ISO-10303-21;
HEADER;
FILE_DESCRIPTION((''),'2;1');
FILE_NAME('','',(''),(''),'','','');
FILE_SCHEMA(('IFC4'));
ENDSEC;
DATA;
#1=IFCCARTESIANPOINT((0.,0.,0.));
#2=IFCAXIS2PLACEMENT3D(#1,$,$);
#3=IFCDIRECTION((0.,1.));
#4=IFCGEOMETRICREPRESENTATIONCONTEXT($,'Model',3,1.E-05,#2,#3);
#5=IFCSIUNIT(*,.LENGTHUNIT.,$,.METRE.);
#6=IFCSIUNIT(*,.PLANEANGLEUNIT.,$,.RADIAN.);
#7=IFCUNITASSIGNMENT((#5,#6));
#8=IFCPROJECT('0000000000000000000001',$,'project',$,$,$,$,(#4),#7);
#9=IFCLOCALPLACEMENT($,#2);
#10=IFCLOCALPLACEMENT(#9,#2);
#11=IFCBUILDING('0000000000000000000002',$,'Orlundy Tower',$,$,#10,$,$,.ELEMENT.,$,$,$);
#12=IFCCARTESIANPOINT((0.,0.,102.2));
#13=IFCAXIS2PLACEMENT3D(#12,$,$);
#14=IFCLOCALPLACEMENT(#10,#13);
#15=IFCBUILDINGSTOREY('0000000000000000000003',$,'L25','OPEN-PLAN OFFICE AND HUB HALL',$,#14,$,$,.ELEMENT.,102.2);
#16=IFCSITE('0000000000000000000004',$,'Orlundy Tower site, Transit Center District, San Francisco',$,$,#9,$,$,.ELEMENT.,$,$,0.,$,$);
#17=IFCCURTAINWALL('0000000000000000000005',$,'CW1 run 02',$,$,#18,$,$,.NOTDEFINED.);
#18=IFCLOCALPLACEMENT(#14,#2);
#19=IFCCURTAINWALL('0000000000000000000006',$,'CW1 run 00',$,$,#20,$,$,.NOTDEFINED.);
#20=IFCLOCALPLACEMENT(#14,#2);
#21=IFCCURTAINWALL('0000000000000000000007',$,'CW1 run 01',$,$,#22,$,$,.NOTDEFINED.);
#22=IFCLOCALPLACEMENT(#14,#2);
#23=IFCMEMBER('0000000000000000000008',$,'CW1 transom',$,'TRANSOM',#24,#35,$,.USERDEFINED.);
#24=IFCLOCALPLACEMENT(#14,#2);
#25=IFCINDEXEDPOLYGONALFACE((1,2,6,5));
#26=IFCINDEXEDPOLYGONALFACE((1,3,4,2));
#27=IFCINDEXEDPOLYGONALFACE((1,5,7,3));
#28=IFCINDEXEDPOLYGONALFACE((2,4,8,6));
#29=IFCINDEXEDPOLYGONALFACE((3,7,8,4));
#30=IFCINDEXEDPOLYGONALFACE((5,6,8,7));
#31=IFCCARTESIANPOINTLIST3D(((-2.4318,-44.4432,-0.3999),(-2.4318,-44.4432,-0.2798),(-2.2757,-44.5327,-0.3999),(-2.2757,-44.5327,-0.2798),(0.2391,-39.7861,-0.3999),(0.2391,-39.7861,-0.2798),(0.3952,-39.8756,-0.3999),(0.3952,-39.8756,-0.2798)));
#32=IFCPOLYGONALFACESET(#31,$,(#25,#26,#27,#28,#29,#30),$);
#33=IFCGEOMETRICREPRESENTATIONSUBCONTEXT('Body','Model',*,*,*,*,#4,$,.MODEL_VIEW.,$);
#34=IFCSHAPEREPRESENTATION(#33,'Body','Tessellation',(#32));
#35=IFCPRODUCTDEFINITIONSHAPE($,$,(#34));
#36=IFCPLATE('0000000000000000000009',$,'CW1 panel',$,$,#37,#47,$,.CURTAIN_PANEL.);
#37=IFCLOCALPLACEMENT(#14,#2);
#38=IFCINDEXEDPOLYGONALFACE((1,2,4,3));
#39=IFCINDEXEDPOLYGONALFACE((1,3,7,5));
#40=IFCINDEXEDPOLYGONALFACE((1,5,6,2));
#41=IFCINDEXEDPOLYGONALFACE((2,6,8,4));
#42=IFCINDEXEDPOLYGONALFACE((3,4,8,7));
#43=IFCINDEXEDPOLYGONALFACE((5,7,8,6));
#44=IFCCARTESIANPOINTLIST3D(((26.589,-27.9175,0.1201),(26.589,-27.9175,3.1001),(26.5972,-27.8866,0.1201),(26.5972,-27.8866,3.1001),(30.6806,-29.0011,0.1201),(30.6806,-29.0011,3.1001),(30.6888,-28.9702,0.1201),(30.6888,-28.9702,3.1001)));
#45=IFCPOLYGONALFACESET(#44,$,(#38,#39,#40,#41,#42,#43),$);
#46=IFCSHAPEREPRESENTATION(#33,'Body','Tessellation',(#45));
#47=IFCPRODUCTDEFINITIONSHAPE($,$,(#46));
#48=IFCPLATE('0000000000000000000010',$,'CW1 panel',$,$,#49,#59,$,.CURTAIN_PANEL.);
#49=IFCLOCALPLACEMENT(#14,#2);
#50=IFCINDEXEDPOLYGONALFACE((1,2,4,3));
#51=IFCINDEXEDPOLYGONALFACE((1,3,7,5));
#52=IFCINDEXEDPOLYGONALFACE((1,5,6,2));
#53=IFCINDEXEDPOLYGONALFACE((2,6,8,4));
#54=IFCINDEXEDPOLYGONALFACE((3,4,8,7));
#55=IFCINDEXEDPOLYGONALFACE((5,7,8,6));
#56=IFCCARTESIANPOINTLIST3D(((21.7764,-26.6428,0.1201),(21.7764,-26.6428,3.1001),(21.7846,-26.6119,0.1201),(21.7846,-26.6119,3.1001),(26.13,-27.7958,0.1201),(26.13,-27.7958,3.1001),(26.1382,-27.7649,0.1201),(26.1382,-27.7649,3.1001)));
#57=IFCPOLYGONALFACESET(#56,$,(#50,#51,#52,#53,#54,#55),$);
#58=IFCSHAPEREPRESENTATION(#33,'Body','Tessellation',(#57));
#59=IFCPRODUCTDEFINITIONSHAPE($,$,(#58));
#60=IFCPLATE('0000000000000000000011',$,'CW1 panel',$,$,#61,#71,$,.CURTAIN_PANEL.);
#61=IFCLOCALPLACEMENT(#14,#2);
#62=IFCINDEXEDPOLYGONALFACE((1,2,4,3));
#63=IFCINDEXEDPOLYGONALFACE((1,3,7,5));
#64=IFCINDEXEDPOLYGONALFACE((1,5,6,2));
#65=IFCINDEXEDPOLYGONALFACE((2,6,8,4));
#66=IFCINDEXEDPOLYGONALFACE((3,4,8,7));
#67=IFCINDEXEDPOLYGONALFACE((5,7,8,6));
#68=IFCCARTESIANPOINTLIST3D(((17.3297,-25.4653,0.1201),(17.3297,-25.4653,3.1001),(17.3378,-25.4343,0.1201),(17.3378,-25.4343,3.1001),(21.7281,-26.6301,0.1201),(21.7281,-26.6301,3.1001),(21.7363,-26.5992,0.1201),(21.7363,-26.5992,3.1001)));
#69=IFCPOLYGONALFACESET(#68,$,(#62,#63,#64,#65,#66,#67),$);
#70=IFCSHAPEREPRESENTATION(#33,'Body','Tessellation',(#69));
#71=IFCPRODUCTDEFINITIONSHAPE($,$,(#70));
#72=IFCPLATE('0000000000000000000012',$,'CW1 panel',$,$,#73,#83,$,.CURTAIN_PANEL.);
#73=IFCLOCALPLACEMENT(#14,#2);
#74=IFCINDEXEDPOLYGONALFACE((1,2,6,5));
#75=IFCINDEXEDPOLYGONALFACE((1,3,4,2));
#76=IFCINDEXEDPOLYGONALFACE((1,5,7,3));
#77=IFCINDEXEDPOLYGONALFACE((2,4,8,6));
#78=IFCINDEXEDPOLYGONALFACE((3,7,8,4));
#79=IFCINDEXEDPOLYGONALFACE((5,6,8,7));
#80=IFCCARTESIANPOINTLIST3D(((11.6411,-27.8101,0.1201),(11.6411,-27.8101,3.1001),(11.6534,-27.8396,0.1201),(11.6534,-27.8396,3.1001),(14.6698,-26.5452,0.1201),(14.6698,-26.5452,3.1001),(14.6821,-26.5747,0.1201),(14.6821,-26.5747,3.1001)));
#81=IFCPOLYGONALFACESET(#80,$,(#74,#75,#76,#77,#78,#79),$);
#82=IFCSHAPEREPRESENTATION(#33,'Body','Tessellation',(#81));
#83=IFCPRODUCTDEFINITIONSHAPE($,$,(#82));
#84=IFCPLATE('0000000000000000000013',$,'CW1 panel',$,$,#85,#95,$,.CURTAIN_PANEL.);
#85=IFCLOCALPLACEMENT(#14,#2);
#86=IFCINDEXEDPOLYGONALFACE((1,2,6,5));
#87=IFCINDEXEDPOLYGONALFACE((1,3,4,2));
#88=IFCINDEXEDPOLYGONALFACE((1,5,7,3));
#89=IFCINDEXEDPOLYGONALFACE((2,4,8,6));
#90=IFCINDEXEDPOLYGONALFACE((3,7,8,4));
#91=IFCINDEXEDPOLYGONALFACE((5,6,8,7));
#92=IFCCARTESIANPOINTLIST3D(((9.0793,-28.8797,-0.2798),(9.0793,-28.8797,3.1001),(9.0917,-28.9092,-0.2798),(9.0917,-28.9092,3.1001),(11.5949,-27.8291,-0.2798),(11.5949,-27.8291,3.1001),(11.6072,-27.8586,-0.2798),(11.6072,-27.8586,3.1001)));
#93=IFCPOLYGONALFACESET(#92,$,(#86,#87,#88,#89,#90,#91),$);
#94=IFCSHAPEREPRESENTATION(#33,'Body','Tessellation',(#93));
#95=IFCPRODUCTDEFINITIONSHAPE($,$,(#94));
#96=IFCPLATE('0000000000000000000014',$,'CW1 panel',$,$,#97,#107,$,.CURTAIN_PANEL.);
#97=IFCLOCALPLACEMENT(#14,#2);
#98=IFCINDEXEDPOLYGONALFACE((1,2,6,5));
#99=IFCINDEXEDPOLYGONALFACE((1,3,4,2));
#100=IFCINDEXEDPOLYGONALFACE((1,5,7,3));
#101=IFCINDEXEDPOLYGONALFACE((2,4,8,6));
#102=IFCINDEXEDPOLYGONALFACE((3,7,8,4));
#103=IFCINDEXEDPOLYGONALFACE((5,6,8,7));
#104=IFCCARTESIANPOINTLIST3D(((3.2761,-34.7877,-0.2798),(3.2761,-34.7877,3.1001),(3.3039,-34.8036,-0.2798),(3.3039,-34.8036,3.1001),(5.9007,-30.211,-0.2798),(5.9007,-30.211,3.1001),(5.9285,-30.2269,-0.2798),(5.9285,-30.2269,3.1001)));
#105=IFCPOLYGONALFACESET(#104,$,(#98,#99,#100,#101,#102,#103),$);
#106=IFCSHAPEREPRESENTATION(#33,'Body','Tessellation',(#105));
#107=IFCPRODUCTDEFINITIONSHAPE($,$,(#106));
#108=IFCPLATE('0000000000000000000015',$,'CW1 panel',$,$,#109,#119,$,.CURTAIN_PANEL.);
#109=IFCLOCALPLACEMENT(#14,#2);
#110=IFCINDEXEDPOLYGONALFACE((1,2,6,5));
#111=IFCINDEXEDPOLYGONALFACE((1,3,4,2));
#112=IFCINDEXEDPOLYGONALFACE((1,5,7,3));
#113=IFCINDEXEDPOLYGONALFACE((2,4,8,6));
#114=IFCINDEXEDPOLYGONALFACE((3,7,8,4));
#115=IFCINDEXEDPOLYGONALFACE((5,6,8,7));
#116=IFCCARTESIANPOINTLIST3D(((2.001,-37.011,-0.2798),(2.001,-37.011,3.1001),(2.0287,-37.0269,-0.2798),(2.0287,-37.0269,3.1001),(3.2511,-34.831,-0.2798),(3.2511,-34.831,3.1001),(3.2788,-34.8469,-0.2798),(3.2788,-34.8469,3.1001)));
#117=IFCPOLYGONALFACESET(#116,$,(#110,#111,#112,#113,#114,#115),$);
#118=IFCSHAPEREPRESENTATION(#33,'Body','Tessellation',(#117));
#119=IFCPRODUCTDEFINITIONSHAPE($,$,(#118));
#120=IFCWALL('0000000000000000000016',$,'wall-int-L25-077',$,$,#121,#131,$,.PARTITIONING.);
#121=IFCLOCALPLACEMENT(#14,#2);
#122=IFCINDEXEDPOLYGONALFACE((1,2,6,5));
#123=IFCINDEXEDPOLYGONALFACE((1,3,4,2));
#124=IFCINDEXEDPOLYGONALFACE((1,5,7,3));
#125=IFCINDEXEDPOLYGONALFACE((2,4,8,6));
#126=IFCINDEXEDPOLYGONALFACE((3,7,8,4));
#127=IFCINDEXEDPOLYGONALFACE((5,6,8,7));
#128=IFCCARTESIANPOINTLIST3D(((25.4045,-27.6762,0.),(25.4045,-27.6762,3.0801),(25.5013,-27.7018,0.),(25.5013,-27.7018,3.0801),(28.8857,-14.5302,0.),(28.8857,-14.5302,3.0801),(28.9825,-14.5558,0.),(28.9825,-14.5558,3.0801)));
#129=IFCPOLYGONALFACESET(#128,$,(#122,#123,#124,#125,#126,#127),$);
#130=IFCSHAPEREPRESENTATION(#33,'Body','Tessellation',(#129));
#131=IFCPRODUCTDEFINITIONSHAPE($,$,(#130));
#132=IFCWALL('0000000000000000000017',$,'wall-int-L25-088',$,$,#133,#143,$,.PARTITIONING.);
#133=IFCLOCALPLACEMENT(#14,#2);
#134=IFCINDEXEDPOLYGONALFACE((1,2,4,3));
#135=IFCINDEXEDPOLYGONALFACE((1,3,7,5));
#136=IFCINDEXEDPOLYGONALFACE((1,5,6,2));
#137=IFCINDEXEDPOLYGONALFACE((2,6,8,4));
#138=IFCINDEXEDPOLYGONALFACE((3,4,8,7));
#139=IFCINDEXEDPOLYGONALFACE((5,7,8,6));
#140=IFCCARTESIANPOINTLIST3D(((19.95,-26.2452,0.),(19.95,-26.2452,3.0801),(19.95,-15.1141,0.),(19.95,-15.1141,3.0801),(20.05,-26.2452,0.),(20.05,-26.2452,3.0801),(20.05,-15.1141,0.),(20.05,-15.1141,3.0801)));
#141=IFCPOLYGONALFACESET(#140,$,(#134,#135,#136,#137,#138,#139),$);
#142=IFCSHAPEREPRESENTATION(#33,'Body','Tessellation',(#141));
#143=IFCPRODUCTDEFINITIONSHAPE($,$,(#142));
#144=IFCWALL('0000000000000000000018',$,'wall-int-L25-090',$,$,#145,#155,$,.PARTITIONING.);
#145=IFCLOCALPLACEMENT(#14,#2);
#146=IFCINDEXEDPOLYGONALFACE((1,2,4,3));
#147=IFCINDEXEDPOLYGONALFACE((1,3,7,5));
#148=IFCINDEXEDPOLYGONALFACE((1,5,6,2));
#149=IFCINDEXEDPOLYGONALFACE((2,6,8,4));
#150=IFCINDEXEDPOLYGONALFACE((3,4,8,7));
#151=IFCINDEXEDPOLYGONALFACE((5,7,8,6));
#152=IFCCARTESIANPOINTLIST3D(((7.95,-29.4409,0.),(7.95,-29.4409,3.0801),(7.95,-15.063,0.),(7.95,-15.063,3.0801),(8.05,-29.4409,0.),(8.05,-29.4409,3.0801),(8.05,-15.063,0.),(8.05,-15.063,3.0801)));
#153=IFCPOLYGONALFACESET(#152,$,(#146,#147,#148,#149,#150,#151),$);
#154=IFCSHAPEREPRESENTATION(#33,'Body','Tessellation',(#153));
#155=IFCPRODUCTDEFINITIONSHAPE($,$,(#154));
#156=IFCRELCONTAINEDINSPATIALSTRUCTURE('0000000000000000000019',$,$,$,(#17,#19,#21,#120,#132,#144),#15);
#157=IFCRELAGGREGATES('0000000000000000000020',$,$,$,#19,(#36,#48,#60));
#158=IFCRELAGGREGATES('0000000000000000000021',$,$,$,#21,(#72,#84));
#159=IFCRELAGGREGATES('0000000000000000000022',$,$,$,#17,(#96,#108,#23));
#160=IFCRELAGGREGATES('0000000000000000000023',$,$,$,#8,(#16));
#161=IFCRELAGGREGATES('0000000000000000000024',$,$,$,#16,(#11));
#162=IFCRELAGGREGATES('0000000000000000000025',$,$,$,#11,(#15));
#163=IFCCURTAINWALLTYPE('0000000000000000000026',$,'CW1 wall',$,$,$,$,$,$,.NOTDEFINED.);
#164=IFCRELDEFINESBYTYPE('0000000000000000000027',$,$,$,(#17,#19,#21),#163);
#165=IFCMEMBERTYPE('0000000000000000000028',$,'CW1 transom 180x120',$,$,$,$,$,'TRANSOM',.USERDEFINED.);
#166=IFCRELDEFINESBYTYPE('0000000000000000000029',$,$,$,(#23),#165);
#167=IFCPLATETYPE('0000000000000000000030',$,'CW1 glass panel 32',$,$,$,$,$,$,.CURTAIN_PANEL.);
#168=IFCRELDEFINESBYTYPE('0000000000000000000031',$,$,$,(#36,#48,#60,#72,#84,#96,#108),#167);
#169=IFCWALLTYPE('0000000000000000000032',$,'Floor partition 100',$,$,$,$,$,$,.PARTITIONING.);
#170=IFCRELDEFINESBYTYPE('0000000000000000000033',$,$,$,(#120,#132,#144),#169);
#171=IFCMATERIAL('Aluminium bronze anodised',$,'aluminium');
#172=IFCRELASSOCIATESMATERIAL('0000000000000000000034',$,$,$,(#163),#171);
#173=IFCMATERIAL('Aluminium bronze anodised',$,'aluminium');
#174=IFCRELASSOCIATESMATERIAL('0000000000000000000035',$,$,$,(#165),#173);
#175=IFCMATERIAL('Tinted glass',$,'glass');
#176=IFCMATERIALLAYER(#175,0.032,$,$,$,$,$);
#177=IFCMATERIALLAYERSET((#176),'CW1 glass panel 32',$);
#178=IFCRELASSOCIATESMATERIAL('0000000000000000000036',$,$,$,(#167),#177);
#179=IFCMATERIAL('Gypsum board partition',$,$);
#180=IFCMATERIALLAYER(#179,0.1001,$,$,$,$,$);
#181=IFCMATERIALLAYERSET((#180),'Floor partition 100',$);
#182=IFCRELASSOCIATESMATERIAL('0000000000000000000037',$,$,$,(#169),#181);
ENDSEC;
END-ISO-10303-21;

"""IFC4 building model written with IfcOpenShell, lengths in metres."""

from ifc_helpers import new_model, si_unit, direction, frame, frame_2d, origin, origin_2d, place, context, subcontext, project, spatial, rectangle, extrude, material, layer, layer_set, material_profile, profile_set, type_object, element, aggregate, save


model = new_model("IFC4")

# Units and contexts
model_context = context("Model", 3, precision=1e-05, world=origin(), true_north=direction((0.0, 1.0)))
body_context = subcontext(model_context, "Body", "Model", "MODEL_VIEW")
ifc_project = project(units=[si_unit("LENGTHUNIT", "METRE"), si_unit("PLANEANGLEUNIT", "RADIAN")], contexts=[model_context])

# Site, building, storey
site_placement = place(None, origin())
site = spatial("IfcSite", under=ifc_project, at=site_placement, Name="Orlundy Tower site, Transit Center District, San Francisco", CompositionType="ELEMENT", RefElevation=0.0)
building_placement = place(site_placement, origin())
building = spatial("IfcBuilding", under=site, at=building_placement, Name="Orlundy Tower", CompositionType="ELEMENT")
storey_placement = place(building_placement, frame((0.0, 0.0, 102.2)))
storey = spatial("IfcBuildingStorey", under=building, at=storey_placement, Name="L25", Description="OPEN-PLAN OFFICE AND HUB HALL", CompositionType="ELEMENT", Elevation=102.2)

# Curtain wall
ifc_material_1 = material(Name="Aluminium bronze anodised", Category="aluminium")
curtain_wall_type = type_object("IfcCurtainWallType", Name="CW1 wall", PredefinedType="NOTDEFINED", material=ifc_material_1)
curtain_wall_1_placement = place(storey_placement, origin())
curtain_wall_1 = element("IfcCurtainWall", 1, at=curtain_wall_1_placement, inside=storey, type_object=curtain_wall_type, Name="CW1 run 02", PredefinedType="NOTDEFINED")

# Curtain wall
curtain_wall_2_placement = place(storey_placement, origin())
curtain_wall_2 = element("IfcCurtainWall", 2, at=curtain_wall_2_placement, inside=storey, type_object=curtain_wall_type, Name="CW1 run 00", PredefinedType="NOTDEFINED")

# Curtain wall
curtain_wall_3_placement = place(storey_placement, origin())
curtain_wall_3 = element("IfcCurtainWall", 3, at=curtain_wall_3_placement, inside=storey, type_object=curtain_wall_type, Name="CW1 run 01", PredefinedType="NOTDEFINED")

# Member
ifc_material_2 = material(Name="Aluminium bronze anodised", Category="aluminium")
ifc_material_profile_1 = material_profile(ifc_material_2, rectangle(XDim=0.1799, YDim=0.1201, at=origin_2d()), Name="CW1 transom 180x120")
ifc_profile_set_1 = profile_set([ifc_material_profile_1], Name="Aluminium bronze anodised")
member_type_1 = type_object("IfcMemberType", Name="CW1 transom 180x120", ElementType="TRANSOM", PredefinedType="USERDEFINED", material=ifc_profile_set_1)
member_1_placement = place(storey_placement, frame((0.3171, -39.8308, -0.3398), z_axis=(-0.49749, -0.86747, 0.0), x_axis=(0.86747, -0.49749, 0.0)))
member_1 = element("IfcMember", 4, at=member_1_placement, type_object=member_type_1, Name="CW1 transom", ObjectType="TRANSOM", PredefinedType="USERDEFINED", context=body_context, shape_type="SweptSolid", body=[
    extrude(rectangle(XDim=0.1799, YDim=0.1201, at=origin_2d()), origin(), (0.0, 0.0, 1.0), 5.3687),
])

# Plates
ifc_material_3 = material(Name="Tinted glass", Category="glass")
ifc_layer_1 = layer(ifc_material_3, 0.032)
ifc_layer_set_1 = layer_set([ifc_layer_1], Name="CW1 glass panel 32")
plate_type = type_object("IfcPlateType", Name="CW1 glass panel 32", PredefinedType="CURTAIN_PANEL", material=ifc_layer_set_1)
plate_1_placement = place(storey_placement, frame((28.6389, -28.4438, 0.1201), z_axis=(0.0, 0.0, 1.0), x_axis=(-0.966674, 0.256011, 0.0)))
plate_1 = element("IfcPlate", 5, at=plate_1_placement, type_object=plate_type, Name="CW1 panel", PredefinedType="CURTAIN_PANEL", context=body_context, shape_type="SweptSolid", body=[
    extrude(rectangle(XDim=4.2327, YDim=0.032, at=origin_2d()), origin(), (0.0, 0.0, 1.0), 2.98),
])
plate_2_placement = place(storey_placement, frame((23.9573, -27.2039, 0.1201), z_axis=(0.0, 0.0, 1.0), x_axis=(-0.966674, 0.256011, 0.0)))
plate_2 = element("IfcPlate", 6, at=plate_2_placement, type_object=plate_type, Name="CW1 panel", PredefinedType="CURTAIN_PANEL", context=body_context, shape_type="SweptSolid", body=[
    extrude(rectangle(XDim=4.5037, YDim=0.032, at=origin_2d()), origin(), (0.0, 0.0, 1.0), 2.98),
])
plate_3_placement = place(storey_placement, frame((19.533, -26.0322, 0.1201), z_axis=(0.0, 0.0, 1.0), x_axis=(-0.966674, 0.256011, 0.0)))
plate_3 = element("IfcPlate", 7, at=plate_3_placement, type_object=plate_type, Name="CW1 panel", PredefinedType="CURTAIN_PANEL", context=body_context, shape_type="SweptSolid", body=[
    extrude(rectangle(XDim=4.55, YDim=0.032, at=origin_2d()), origin(), (0.0, 0.0, 1.0), 2.98),
])
aggregate(curtain_wall_2, [plate_1, plate_2, plate_3])
plate_4_placement = place(storey_placement, frame((13.1616, -27.1924, 0.1201), z_axis=(0.0, 0.0, 1.0), x_axis=(-0.922759, -0.385377, 0.0)))
plate_4 = element("IfcPlate", 8, at=plate_4_placement, type_object=plate_type, Name="CW1 panel", PredefinedType="CURTAIN_PANEL", context=body_context, shape_type="SweptSolid", body=[
    extrude(rectangle(XDim=3.2822, YDim=0.032, at=origin_2d()), origin(), (0.0, 0.0, 1.0), 2.98),
])
plate_5_placement = place(storey_placement, frame((10.3433, -28.3691, -0.2798), z_axis=(0.0, 0.0, 1.0), x_axis=(-0.922759, -0.385377, 0.0)))
plate_5 = element("IfcPlate", 9, at=plate_5_placement, type_object=plate_type, Name="CW1 panel", PredefinedType="CURTAIN_PANEL", context=body_context, shape_type="SweptSolid", body=[
    extrude(rectangle(XDim=2.7261, YDim=0.032, at=origin_2d()), origin(), (0.0, 0.0, 1.0), 3.3799),
])
aggregate(curtain_wall_3, [plate_4, plate_5])
plate_6_placement = place(storey_placement, frame((4.6023, -32.5073, -0.2798), z_axis=(0.0, 0.0, 1.0), x_axis=(-0.497473, -0.867479, 0.0)))
plate_6 = element("IfcPlate", 10, at=plate_6_placement, type_object=plate_type, Name="CW1 panel", PredefinedType="CURTAIN_PANEL", context=body_context, shape_type="SweptSolid", body=[
    extrude(rectangle(XDim=5.2759, YDim=0.032, at=origin_2d()), origin(), (0.0, 0.0, 1.0), 3.3799),
])
plate_7_placement = place(storey_placement, frame((2.6399, -35.929, -0.2798), z_axis=(0.0, 0.0, 1.0), x_axis=(-0.497473, -0.867479, 0.0)))
plate_7 = element("IfcPlate", 11, at=plate_7_placement, type_object=plate_type, Name="CW1 panel", PredefinedType="CURTAIN_PANEL", context=body_context, shape_type="SweptSolid", body=[
    extrude(rectangle(XDim=2.5129, YDim=0.032, at=origin_2d()), origin(), (0.0, 0.0, 1.0), 3.3799),
])
aggregate(curtain_wall_1, [plate_6, plate_7, member_1])

# Walls
ifc_material_4 = material(Name="Gypsum board partition")
ifc_layer_2 = layer(ifc_material_4, 0.1001)
ifc_layer_set_2 = layer_set([ifc_layer_2], Name="Floor partition 100")
wall_type = type_object("IfcWallType", Name="Floor partition 100", PredefinedType="PARTITIONING", material=ifc_layer_set_2)
wall_1_placement = place(storey_placement, frame((25.4529, -27.689, 0.0), z_axis=(0.0, 0.0, 1.0), x_axis=(0.255987, 0.96668, 0.0)))
element("IfcWall", 12, at=wall_1_placement, inside=storey, type_object=wall_type, Name="wall-int-L25-077", PredefinedType="PARTITIONING", context=body_context, shape_type="SweptSolid", body=[
    extrude(rectangle(XDim=13.5991, YDim=0.1001, at=frame_2d((6.7996, 0.0))), origin(), (0.0, 0.0, 1.0), 3.0801),
])
wall_2_placement = place(storey_placement, frame((20.0, -26.2451, 0.0), z_axis=(0.0, 0.0, 1.0), x_axis=(0.0, 1.0, 0.0)))
element("IfcWall", 13, at=wall_2_placement, inside=storey, type_object=wall_type, Name="wall-int-L25-088", PredefinedType="PARTITIONING", context=body_context, shape_type="SweptSolid", body=[
    extrude(rectangle(XDim=11.1311, YDim=0.1001, at=frame_2d((5.5654, 0.0))), origin(), (0.0, 0.0, 1.0), 3.0801),
])
wall_3_placement = place(storey_placement, frame((8.0, -29.4409, 0.0), z_axis=(0.0, 0.0, 1.0), x_axis=(0.0, 1.0, 0.0)))
element("IfcWall", 14, at=wall_3_placement, inside=storey, type_object=wall_type, Name="wall-int-L25-090", PredefinedType="PARTITIONING", context=body_context, shape_type="SweptSolid", body=[
    extrude(rectangle(XDim=14.3779, YDim=0.1001, at=frame_2d((7.189, 0.0))), origin(), (0.0, 0.0, 1.0), 3.0801),
])

save(model, "model.ifc")
